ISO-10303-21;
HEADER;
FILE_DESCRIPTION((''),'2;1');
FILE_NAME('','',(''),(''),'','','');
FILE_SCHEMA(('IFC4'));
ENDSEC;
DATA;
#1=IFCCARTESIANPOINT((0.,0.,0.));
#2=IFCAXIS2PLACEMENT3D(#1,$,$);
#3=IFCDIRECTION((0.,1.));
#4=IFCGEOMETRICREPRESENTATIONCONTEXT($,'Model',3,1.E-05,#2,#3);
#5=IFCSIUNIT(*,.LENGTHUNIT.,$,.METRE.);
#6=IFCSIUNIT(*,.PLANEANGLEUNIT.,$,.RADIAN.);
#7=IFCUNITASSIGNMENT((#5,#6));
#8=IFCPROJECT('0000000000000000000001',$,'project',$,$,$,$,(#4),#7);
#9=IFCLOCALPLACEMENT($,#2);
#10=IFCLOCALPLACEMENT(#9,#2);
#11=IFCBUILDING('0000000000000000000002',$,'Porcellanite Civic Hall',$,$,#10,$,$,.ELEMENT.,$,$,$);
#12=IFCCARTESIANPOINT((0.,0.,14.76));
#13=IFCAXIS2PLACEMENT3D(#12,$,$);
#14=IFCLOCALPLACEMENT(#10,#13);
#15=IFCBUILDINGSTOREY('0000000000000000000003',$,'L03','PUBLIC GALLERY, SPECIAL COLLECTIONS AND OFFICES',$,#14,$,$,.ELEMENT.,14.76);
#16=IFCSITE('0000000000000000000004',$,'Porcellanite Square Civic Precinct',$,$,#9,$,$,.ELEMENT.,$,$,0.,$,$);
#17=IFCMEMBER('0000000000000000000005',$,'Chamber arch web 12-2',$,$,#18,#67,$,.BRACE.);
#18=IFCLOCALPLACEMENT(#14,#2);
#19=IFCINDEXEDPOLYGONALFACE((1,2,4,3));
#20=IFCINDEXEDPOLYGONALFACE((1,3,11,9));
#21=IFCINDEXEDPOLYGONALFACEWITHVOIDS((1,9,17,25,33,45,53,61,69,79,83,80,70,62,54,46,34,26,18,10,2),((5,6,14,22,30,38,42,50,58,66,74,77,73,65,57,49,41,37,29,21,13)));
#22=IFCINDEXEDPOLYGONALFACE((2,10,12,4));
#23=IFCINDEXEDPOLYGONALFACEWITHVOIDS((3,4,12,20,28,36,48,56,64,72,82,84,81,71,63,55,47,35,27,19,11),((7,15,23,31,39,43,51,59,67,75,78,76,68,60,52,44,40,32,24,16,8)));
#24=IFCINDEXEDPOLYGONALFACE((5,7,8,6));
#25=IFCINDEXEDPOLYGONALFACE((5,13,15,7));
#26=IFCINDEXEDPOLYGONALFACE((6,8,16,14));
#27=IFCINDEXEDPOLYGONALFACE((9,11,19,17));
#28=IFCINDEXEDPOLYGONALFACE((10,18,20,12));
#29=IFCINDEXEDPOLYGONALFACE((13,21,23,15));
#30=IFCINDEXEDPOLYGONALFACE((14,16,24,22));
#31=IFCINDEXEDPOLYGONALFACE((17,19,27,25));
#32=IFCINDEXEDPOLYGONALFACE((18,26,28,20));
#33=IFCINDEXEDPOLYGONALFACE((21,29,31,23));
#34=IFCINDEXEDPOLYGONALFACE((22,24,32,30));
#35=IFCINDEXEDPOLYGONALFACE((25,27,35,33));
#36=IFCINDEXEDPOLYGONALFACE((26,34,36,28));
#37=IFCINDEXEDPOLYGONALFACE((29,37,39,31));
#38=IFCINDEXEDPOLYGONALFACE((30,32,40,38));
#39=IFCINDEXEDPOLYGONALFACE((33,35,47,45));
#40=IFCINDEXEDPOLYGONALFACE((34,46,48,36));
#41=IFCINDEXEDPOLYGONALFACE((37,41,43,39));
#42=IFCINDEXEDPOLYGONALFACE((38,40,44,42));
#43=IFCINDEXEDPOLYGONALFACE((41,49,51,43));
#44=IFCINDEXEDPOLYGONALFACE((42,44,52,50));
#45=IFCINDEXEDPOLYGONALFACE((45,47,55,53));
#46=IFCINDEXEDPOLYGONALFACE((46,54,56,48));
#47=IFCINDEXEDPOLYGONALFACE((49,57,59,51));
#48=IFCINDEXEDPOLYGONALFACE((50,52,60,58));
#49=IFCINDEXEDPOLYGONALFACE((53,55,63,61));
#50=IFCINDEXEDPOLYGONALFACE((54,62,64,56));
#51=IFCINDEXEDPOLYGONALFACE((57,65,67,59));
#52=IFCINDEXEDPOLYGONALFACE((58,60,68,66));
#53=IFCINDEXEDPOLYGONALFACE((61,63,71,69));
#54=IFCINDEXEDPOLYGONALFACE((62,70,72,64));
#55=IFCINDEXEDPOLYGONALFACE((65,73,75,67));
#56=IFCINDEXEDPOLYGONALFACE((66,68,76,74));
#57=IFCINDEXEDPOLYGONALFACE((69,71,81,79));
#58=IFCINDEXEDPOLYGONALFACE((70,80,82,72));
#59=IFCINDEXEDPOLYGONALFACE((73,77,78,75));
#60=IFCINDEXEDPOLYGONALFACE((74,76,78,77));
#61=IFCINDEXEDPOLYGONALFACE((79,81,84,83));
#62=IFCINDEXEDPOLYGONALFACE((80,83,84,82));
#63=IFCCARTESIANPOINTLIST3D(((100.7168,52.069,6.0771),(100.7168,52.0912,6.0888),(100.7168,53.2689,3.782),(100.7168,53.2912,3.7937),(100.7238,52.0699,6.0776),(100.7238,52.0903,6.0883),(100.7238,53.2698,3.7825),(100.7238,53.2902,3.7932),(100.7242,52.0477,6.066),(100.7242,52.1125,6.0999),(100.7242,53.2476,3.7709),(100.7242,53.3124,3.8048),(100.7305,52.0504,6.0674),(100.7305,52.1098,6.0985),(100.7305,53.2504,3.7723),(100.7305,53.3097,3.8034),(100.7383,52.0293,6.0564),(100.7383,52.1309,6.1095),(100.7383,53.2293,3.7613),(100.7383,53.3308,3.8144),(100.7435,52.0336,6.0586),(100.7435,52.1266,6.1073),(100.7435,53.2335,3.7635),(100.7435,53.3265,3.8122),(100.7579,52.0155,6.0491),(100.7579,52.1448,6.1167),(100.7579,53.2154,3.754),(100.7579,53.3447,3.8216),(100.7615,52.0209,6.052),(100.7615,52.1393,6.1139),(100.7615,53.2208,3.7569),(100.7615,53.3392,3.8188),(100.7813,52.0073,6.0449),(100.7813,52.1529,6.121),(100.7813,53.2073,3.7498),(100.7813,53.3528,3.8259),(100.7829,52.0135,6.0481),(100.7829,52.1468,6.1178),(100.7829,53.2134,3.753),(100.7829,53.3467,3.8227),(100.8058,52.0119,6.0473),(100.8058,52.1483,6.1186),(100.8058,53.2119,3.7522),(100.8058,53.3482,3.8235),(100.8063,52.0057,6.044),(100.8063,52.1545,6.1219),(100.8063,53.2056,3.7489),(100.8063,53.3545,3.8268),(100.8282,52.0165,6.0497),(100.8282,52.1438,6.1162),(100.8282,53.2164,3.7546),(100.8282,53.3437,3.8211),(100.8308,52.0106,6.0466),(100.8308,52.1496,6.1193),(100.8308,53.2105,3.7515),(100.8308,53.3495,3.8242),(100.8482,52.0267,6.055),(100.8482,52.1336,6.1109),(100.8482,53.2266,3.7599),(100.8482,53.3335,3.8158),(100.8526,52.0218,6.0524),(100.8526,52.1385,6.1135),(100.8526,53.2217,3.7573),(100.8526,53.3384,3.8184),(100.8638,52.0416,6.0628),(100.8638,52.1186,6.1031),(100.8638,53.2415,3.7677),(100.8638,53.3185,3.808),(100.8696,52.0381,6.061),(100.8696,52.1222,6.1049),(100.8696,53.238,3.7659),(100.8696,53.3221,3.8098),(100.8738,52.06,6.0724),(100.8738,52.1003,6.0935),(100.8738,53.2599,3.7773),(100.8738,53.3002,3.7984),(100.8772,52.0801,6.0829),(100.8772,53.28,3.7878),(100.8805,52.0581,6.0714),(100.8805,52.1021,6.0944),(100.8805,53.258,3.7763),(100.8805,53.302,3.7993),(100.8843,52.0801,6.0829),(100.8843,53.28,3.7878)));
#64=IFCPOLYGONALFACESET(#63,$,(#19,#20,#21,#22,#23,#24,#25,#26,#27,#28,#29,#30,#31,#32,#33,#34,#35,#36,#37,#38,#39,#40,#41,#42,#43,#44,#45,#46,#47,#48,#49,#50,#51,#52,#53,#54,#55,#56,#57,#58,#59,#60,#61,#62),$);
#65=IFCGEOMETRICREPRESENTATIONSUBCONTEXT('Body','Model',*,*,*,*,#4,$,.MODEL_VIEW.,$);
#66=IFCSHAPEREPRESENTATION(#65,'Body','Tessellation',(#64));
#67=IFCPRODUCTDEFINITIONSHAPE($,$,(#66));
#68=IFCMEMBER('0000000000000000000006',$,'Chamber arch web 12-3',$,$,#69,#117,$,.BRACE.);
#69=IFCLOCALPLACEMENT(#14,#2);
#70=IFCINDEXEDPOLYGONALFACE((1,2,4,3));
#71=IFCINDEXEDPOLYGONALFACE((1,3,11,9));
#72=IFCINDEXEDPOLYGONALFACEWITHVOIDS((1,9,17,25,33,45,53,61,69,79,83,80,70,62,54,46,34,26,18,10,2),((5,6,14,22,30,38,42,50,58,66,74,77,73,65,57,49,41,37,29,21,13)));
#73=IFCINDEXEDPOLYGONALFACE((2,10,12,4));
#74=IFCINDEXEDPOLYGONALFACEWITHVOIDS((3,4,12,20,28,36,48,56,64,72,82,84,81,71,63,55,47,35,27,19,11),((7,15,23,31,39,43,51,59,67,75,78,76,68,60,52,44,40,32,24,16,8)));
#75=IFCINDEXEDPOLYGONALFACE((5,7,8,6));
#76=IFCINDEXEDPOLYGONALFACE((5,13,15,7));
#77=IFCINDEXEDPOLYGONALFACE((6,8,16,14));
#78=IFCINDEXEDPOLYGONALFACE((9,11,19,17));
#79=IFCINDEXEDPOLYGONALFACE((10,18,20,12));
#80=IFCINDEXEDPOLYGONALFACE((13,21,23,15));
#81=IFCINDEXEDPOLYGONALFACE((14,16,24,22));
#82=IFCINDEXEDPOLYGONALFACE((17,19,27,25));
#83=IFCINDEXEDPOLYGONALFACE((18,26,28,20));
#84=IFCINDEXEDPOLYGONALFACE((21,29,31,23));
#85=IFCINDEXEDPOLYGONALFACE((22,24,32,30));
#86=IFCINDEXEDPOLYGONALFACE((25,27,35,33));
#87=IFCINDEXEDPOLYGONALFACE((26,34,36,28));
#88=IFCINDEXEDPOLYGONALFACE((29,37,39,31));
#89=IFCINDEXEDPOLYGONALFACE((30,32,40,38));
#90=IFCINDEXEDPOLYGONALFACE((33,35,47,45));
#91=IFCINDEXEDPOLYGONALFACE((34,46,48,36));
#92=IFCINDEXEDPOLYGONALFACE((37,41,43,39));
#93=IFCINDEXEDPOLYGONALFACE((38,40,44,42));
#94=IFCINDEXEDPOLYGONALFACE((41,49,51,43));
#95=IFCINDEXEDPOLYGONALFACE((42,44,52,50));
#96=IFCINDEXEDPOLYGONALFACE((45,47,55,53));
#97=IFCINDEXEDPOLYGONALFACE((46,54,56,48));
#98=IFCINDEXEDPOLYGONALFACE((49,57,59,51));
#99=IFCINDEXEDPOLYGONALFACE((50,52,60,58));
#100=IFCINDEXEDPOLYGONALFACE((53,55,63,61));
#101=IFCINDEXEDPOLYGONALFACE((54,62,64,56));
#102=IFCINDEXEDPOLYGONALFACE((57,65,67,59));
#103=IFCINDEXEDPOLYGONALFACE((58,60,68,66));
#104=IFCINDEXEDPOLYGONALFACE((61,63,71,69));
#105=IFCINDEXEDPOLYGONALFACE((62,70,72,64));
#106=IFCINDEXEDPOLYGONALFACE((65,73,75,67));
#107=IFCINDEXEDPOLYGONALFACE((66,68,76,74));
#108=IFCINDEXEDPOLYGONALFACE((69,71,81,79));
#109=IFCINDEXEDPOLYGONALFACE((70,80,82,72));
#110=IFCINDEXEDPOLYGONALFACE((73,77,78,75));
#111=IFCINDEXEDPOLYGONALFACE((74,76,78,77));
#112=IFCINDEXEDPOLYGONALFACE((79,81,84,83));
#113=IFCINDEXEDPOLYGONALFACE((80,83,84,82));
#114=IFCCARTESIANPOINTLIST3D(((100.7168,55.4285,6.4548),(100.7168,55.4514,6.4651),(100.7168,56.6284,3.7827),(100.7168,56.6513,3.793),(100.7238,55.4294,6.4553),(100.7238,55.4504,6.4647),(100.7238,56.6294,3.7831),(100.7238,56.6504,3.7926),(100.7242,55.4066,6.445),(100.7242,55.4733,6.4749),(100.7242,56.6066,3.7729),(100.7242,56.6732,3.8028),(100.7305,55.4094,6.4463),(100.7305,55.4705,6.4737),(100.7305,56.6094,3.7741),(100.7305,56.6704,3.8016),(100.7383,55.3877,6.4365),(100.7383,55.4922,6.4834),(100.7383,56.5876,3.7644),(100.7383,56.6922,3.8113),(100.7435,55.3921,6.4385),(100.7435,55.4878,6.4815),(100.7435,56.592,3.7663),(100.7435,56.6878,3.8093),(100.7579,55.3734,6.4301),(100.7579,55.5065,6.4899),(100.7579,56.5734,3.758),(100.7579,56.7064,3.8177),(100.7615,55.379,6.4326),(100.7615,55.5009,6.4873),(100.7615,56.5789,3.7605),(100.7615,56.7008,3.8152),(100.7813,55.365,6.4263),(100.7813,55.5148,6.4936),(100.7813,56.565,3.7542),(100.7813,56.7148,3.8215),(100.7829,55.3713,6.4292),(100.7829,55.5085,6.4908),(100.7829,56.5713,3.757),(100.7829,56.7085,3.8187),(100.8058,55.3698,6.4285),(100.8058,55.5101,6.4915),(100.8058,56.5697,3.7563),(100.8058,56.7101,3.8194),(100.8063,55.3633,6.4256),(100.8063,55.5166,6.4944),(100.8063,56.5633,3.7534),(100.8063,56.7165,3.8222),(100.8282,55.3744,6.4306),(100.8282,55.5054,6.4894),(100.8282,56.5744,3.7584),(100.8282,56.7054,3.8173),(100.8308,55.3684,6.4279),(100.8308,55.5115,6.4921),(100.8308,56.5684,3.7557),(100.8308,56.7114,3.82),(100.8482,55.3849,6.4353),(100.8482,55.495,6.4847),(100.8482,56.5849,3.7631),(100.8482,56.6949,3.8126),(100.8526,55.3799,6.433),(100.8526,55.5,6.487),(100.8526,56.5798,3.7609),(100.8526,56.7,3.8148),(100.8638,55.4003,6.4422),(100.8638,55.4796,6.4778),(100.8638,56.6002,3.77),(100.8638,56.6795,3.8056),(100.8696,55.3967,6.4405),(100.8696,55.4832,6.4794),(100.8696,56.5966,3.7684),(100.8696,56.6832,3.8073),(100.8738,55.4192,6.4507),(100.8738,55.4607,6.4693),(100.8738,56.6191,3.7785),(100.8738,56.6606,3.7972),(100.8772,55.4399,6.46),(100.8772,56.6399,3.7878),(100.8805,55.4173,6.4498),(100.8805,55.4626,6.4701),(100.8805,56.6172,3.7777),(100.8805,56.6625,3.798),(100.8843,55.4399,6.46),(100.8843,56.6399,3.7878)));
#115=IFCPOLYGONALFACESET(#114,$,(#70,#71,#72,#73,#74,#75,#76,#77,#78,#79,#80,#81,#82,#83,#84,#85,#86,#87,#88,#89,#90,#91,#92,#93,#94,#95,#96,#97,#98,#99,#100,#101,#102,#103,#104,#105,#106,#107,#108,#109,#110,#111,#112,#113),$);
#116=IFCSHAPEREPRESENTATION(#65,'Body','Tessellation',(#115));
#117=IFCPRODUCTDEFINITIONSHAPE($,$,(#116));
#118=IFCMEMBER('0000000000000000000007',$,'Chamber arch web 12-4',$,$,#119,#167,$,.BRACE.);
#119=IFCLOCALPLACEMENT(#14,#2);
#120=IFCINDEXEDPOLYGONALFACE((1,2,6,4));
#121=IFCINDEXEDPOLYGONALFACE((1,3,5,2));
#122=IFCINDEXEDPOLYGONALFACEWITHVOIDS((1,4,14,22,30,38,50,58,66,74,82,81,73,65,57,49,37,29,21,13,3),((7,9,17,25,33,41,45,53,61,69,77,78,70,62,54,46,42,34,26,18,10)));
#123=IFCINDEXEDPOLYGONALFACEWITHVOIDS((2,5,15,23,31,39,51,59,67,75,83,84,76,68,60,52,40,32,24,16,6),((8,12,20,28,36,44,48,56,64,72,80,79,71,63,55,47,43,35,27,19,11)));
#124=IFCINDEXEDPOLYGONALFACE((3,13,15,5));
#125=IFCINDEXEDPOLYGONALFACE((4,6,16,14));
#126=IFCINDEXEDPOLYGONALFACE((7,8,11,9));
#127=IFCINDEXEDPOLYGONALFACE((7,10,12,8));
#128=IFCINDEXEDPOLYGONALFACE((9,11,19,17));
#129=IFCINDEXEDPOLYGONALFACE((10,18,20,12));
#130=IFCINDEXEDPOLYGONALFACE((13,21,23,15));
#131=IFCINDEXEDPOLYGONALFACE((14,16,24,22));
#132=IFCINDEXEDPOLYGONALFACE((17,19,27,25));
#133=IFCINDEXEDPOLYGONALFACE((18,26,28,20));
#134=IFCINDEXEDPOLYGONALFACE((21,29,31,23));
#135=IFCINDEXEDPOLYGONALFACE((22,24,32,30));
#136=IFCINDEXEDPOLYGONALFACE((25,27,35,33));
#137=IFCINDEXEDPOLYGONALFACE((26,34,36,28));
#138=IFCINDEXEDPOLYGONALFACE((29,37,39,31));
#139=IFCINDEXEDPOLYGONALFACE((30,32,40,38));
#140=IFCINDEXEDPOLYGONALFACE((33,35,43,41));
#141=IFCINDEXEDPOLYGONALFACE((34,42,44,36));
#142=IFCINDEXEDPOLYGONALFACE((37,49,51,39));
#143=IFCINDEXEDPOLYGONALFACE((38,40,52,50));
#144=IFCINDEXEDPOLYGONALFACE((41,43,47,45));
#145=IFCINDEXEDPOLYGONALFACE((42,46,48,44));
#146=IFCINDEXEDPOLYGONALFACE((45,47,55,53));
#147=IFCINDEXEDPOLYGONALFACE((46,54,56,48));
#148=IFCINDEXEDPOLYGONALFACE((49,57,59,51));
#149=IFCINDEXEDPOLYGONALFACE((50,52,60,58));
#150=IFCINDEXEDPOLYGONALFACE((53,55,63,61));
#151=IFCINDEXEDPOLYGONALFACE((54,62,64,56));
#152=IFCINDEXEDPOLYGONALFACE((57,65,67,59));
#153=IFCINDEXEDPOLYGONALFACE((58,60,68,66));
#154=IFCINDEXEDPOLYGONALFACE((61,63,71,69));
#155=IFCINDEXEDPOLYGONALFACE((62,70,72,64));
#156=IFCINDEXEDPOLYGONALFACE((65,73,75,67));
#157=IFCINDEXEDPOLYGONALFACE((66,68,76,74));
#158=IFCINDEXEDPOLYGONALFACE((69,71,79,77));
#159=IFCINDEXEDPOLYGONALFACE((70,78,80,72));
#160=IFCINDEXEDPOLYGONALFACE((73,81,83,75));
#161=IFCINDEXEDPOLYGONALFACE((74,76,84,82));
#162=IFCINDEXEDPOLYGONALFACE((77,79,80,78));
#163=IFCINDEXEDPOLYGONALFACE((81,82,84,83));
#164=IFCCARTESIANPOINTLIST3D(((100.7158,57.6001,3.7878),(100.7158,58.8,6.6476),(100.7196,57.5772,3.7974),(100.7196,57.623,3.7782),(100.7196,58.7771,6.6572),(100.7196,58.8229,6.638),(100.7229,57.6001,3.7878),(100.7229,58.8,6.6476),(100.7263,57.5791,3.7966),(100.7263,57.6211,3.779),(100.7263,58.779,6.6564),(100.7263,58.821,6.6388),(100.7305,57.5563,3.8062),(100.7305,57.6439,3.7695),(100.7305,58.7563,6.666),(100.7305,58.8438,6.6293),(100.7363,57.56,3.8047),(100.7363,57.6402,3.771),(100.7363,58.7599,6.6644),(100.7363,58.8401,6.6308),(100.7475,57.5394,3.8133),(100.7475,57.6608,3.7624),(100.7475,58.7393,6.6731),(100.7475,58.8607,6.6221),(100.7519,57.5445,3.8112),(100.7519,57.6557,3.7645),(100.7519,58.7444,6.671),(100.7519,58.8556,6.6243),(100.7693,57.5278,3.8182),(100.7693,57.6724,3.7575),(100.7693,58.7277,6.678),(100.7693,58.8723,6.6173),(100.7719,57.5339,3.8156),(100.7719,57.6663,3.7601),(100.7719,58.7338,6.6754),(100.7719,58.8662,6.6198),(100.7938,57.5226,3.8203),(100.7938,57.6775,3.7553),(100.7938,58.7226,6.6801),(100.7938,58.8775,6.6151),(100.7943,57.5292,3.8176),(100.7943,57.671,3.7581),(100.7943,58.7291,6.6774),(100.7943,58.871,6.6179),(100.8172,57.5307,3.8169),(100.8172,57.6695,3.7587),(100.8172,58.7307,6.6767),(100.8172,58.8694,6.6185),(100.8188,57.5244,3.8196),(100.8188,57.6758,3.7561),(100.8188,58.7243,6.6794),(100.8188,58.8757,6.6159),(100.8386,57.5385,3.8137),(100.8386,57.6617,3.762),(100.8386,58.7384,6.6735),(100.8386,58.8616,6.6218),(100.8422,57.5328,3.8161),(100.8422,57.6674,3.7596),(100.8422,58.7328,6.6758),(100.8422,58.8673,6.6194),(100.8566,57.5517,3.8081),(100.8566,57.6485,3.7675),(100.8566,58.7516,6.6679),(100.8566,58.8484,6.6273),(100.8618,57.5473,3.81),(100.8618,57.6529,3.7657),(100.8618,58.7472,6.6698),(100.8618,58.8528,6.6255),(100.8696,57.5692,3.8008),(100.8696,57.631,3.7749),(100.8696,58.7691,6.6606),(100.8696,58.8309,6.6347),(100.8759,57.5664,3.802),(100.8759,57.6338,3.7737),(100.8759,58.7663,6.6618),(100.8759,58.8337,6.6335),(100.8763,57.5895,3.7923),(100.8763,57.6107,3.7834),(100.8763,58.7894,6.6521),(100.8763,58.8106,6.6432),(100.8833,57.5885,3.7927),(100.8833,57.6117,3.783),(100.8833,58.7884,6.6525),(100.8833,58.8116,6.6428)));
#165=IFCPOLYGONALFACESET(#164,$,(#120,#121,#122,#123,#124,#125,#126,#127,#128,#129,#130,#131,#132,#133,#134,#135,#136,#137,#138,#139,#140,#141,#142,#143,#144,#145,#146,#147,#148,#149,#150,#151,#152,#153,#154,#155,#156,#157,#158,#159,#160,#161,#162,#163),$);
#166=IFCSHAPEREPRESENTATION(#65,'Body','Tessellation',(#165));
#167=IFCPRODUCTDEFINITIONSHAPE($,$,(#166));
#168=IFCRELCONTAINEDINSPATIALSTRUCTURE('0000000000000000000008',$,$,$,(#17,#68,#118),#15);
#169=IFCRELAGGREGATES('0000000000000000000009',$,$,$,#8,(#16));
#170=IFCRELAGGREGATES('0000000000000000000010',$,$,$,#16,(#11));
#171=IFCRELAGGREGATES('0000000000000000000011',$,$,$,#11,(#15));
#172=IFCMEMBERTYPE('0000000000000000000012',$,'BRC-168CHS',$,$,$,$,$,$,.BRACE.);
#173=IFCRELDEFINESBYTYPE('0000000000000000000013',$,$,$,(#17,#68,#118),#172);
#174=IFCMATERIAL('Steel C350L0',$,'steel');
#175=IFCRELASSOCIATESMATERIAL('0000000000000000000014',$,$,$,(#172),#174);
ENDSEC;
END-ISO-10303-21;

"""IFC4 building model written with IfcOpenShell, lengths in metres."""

from ifc_helpers import new_model, si_unit, direction, frame, origin, origin_2d, place, context, subcontext, project, spatial, hollow_circle, extrude, material, material_profile, profile_set, type_object, element, save


model = new_model("IFC4")

# Units and contexts
model_context = context("Model", 3, precision=1e-05, world=origin(), true_north=direction((0.0, 1.0)))
body_context = subcontext(model_context, "Body", "Model", "MODEL_VIEW")
ifc_project = project(units=[si_unit("LENGTHUNIT", "METRE"), si_unit("PLANEANGLEUNIT", "RADIAN")], contexts=[model_context])

# Site, building, storey
site_placement = place(None, origin())
site = spatial("IfcSite", under=ifc_project, at=site_placement, Name="Porcellanite Square Civic Precinct", CompositionType="ELEMENT", RefElevation=0.0)
building_placement = place(site_placement, origin())
building = spatial("IfcBuilding", under=site, at=building_placement, Name="Porcellanite Civic Hall", CompositionType="ELEMENT")
storey_placement = place(building_placement, frame((0.0, 0.0, 14.76)))
storey = spatial("IfcBuildingStorey", under=building, at=storey_placement, Name="L03", Description="PUBLIC GALLERY, SPECIAL COLLECTIONS AND OFFICES", CompositionType="ELEMENT", Elevation=14.76)

# Members
ifc_material_1 = material(Name="Steel C350L0", Category="steel")
ifc_material_profile_1 = material_profile(ifc_material_1, hollow_circle(Radius=0.0842, WallThickness=0.0071, at=origin_2d()), Name="168.3x7.1CHS")
ifc_profile_set_1 = profile_set([ifc_material_profile_1], Name="Steel C350L0")
member_type_1 = type_object("IfcMemberType", Name="BRC-168CHS", PredefinedType="BRACE", material=ifc_profile_set_1)
member_1_placement = place(storey_placement, frame((100.8, 53.28, 3.7878), z_axis=(0.0, -0.463316, 0.886193), x_axis=(1.0, 0.0, 0.0)))
element("IfcMember", 1, at=member_1_placement, inside=storey, type_object=member_type_1, Name="Chamber arch web 12-2", PredefinedType="BRACE", context=body_context, shape_type="SweptSolid", body=[
    extrude(hollow_circle(Radius=0.0842, WallThickness=0.0071, at=origin_2d()), origin(), (0.0, 0.0, 1.0), 2.5898),
])
member_2_placement = place(storey_placement, frame((100.8, 56.6399, 3.7878), z_axis=(0.0, -0.409654, 0.912241), x_axis=(1.0, 0.0, 0.0)))
element("IfcMember", 2, at=member_2_placement, inside=storey, type_object=member_type_1, Name="Chamber arch web 12-3", PredefinedType="BRACE", context=body_context, shape_type="SweptSolid", body=[
    extrude(hollow_circle(Radius=0.0842, WallThickness=0.0071, at=origin_2d()), origin(), (0.0, 0.0, 1.0), 2.9292),
])
member_3_placement = place(storey_placement, frame((100.8, 57.6001, 3.7878), z_axis=(0.0, 0.386906, 0.922119), x_axis=(-1.0, 0.0, 0.0)))
element("IfcMember", 3, at=member_3_placement, inside=storey, type_object=member_type_1, Name="Chamber arch web 12-4", PredefinedType="BRACE", context=body_context, shape_type="SweptSolid", body=[
    extrude(hollow_circle(Radius=0.0842, WallThickness=0.0071, at=origin_2d()), origin(), (0.0, 0.0, 1.0), 3.1013),
])

save(model, "model.ifc")
